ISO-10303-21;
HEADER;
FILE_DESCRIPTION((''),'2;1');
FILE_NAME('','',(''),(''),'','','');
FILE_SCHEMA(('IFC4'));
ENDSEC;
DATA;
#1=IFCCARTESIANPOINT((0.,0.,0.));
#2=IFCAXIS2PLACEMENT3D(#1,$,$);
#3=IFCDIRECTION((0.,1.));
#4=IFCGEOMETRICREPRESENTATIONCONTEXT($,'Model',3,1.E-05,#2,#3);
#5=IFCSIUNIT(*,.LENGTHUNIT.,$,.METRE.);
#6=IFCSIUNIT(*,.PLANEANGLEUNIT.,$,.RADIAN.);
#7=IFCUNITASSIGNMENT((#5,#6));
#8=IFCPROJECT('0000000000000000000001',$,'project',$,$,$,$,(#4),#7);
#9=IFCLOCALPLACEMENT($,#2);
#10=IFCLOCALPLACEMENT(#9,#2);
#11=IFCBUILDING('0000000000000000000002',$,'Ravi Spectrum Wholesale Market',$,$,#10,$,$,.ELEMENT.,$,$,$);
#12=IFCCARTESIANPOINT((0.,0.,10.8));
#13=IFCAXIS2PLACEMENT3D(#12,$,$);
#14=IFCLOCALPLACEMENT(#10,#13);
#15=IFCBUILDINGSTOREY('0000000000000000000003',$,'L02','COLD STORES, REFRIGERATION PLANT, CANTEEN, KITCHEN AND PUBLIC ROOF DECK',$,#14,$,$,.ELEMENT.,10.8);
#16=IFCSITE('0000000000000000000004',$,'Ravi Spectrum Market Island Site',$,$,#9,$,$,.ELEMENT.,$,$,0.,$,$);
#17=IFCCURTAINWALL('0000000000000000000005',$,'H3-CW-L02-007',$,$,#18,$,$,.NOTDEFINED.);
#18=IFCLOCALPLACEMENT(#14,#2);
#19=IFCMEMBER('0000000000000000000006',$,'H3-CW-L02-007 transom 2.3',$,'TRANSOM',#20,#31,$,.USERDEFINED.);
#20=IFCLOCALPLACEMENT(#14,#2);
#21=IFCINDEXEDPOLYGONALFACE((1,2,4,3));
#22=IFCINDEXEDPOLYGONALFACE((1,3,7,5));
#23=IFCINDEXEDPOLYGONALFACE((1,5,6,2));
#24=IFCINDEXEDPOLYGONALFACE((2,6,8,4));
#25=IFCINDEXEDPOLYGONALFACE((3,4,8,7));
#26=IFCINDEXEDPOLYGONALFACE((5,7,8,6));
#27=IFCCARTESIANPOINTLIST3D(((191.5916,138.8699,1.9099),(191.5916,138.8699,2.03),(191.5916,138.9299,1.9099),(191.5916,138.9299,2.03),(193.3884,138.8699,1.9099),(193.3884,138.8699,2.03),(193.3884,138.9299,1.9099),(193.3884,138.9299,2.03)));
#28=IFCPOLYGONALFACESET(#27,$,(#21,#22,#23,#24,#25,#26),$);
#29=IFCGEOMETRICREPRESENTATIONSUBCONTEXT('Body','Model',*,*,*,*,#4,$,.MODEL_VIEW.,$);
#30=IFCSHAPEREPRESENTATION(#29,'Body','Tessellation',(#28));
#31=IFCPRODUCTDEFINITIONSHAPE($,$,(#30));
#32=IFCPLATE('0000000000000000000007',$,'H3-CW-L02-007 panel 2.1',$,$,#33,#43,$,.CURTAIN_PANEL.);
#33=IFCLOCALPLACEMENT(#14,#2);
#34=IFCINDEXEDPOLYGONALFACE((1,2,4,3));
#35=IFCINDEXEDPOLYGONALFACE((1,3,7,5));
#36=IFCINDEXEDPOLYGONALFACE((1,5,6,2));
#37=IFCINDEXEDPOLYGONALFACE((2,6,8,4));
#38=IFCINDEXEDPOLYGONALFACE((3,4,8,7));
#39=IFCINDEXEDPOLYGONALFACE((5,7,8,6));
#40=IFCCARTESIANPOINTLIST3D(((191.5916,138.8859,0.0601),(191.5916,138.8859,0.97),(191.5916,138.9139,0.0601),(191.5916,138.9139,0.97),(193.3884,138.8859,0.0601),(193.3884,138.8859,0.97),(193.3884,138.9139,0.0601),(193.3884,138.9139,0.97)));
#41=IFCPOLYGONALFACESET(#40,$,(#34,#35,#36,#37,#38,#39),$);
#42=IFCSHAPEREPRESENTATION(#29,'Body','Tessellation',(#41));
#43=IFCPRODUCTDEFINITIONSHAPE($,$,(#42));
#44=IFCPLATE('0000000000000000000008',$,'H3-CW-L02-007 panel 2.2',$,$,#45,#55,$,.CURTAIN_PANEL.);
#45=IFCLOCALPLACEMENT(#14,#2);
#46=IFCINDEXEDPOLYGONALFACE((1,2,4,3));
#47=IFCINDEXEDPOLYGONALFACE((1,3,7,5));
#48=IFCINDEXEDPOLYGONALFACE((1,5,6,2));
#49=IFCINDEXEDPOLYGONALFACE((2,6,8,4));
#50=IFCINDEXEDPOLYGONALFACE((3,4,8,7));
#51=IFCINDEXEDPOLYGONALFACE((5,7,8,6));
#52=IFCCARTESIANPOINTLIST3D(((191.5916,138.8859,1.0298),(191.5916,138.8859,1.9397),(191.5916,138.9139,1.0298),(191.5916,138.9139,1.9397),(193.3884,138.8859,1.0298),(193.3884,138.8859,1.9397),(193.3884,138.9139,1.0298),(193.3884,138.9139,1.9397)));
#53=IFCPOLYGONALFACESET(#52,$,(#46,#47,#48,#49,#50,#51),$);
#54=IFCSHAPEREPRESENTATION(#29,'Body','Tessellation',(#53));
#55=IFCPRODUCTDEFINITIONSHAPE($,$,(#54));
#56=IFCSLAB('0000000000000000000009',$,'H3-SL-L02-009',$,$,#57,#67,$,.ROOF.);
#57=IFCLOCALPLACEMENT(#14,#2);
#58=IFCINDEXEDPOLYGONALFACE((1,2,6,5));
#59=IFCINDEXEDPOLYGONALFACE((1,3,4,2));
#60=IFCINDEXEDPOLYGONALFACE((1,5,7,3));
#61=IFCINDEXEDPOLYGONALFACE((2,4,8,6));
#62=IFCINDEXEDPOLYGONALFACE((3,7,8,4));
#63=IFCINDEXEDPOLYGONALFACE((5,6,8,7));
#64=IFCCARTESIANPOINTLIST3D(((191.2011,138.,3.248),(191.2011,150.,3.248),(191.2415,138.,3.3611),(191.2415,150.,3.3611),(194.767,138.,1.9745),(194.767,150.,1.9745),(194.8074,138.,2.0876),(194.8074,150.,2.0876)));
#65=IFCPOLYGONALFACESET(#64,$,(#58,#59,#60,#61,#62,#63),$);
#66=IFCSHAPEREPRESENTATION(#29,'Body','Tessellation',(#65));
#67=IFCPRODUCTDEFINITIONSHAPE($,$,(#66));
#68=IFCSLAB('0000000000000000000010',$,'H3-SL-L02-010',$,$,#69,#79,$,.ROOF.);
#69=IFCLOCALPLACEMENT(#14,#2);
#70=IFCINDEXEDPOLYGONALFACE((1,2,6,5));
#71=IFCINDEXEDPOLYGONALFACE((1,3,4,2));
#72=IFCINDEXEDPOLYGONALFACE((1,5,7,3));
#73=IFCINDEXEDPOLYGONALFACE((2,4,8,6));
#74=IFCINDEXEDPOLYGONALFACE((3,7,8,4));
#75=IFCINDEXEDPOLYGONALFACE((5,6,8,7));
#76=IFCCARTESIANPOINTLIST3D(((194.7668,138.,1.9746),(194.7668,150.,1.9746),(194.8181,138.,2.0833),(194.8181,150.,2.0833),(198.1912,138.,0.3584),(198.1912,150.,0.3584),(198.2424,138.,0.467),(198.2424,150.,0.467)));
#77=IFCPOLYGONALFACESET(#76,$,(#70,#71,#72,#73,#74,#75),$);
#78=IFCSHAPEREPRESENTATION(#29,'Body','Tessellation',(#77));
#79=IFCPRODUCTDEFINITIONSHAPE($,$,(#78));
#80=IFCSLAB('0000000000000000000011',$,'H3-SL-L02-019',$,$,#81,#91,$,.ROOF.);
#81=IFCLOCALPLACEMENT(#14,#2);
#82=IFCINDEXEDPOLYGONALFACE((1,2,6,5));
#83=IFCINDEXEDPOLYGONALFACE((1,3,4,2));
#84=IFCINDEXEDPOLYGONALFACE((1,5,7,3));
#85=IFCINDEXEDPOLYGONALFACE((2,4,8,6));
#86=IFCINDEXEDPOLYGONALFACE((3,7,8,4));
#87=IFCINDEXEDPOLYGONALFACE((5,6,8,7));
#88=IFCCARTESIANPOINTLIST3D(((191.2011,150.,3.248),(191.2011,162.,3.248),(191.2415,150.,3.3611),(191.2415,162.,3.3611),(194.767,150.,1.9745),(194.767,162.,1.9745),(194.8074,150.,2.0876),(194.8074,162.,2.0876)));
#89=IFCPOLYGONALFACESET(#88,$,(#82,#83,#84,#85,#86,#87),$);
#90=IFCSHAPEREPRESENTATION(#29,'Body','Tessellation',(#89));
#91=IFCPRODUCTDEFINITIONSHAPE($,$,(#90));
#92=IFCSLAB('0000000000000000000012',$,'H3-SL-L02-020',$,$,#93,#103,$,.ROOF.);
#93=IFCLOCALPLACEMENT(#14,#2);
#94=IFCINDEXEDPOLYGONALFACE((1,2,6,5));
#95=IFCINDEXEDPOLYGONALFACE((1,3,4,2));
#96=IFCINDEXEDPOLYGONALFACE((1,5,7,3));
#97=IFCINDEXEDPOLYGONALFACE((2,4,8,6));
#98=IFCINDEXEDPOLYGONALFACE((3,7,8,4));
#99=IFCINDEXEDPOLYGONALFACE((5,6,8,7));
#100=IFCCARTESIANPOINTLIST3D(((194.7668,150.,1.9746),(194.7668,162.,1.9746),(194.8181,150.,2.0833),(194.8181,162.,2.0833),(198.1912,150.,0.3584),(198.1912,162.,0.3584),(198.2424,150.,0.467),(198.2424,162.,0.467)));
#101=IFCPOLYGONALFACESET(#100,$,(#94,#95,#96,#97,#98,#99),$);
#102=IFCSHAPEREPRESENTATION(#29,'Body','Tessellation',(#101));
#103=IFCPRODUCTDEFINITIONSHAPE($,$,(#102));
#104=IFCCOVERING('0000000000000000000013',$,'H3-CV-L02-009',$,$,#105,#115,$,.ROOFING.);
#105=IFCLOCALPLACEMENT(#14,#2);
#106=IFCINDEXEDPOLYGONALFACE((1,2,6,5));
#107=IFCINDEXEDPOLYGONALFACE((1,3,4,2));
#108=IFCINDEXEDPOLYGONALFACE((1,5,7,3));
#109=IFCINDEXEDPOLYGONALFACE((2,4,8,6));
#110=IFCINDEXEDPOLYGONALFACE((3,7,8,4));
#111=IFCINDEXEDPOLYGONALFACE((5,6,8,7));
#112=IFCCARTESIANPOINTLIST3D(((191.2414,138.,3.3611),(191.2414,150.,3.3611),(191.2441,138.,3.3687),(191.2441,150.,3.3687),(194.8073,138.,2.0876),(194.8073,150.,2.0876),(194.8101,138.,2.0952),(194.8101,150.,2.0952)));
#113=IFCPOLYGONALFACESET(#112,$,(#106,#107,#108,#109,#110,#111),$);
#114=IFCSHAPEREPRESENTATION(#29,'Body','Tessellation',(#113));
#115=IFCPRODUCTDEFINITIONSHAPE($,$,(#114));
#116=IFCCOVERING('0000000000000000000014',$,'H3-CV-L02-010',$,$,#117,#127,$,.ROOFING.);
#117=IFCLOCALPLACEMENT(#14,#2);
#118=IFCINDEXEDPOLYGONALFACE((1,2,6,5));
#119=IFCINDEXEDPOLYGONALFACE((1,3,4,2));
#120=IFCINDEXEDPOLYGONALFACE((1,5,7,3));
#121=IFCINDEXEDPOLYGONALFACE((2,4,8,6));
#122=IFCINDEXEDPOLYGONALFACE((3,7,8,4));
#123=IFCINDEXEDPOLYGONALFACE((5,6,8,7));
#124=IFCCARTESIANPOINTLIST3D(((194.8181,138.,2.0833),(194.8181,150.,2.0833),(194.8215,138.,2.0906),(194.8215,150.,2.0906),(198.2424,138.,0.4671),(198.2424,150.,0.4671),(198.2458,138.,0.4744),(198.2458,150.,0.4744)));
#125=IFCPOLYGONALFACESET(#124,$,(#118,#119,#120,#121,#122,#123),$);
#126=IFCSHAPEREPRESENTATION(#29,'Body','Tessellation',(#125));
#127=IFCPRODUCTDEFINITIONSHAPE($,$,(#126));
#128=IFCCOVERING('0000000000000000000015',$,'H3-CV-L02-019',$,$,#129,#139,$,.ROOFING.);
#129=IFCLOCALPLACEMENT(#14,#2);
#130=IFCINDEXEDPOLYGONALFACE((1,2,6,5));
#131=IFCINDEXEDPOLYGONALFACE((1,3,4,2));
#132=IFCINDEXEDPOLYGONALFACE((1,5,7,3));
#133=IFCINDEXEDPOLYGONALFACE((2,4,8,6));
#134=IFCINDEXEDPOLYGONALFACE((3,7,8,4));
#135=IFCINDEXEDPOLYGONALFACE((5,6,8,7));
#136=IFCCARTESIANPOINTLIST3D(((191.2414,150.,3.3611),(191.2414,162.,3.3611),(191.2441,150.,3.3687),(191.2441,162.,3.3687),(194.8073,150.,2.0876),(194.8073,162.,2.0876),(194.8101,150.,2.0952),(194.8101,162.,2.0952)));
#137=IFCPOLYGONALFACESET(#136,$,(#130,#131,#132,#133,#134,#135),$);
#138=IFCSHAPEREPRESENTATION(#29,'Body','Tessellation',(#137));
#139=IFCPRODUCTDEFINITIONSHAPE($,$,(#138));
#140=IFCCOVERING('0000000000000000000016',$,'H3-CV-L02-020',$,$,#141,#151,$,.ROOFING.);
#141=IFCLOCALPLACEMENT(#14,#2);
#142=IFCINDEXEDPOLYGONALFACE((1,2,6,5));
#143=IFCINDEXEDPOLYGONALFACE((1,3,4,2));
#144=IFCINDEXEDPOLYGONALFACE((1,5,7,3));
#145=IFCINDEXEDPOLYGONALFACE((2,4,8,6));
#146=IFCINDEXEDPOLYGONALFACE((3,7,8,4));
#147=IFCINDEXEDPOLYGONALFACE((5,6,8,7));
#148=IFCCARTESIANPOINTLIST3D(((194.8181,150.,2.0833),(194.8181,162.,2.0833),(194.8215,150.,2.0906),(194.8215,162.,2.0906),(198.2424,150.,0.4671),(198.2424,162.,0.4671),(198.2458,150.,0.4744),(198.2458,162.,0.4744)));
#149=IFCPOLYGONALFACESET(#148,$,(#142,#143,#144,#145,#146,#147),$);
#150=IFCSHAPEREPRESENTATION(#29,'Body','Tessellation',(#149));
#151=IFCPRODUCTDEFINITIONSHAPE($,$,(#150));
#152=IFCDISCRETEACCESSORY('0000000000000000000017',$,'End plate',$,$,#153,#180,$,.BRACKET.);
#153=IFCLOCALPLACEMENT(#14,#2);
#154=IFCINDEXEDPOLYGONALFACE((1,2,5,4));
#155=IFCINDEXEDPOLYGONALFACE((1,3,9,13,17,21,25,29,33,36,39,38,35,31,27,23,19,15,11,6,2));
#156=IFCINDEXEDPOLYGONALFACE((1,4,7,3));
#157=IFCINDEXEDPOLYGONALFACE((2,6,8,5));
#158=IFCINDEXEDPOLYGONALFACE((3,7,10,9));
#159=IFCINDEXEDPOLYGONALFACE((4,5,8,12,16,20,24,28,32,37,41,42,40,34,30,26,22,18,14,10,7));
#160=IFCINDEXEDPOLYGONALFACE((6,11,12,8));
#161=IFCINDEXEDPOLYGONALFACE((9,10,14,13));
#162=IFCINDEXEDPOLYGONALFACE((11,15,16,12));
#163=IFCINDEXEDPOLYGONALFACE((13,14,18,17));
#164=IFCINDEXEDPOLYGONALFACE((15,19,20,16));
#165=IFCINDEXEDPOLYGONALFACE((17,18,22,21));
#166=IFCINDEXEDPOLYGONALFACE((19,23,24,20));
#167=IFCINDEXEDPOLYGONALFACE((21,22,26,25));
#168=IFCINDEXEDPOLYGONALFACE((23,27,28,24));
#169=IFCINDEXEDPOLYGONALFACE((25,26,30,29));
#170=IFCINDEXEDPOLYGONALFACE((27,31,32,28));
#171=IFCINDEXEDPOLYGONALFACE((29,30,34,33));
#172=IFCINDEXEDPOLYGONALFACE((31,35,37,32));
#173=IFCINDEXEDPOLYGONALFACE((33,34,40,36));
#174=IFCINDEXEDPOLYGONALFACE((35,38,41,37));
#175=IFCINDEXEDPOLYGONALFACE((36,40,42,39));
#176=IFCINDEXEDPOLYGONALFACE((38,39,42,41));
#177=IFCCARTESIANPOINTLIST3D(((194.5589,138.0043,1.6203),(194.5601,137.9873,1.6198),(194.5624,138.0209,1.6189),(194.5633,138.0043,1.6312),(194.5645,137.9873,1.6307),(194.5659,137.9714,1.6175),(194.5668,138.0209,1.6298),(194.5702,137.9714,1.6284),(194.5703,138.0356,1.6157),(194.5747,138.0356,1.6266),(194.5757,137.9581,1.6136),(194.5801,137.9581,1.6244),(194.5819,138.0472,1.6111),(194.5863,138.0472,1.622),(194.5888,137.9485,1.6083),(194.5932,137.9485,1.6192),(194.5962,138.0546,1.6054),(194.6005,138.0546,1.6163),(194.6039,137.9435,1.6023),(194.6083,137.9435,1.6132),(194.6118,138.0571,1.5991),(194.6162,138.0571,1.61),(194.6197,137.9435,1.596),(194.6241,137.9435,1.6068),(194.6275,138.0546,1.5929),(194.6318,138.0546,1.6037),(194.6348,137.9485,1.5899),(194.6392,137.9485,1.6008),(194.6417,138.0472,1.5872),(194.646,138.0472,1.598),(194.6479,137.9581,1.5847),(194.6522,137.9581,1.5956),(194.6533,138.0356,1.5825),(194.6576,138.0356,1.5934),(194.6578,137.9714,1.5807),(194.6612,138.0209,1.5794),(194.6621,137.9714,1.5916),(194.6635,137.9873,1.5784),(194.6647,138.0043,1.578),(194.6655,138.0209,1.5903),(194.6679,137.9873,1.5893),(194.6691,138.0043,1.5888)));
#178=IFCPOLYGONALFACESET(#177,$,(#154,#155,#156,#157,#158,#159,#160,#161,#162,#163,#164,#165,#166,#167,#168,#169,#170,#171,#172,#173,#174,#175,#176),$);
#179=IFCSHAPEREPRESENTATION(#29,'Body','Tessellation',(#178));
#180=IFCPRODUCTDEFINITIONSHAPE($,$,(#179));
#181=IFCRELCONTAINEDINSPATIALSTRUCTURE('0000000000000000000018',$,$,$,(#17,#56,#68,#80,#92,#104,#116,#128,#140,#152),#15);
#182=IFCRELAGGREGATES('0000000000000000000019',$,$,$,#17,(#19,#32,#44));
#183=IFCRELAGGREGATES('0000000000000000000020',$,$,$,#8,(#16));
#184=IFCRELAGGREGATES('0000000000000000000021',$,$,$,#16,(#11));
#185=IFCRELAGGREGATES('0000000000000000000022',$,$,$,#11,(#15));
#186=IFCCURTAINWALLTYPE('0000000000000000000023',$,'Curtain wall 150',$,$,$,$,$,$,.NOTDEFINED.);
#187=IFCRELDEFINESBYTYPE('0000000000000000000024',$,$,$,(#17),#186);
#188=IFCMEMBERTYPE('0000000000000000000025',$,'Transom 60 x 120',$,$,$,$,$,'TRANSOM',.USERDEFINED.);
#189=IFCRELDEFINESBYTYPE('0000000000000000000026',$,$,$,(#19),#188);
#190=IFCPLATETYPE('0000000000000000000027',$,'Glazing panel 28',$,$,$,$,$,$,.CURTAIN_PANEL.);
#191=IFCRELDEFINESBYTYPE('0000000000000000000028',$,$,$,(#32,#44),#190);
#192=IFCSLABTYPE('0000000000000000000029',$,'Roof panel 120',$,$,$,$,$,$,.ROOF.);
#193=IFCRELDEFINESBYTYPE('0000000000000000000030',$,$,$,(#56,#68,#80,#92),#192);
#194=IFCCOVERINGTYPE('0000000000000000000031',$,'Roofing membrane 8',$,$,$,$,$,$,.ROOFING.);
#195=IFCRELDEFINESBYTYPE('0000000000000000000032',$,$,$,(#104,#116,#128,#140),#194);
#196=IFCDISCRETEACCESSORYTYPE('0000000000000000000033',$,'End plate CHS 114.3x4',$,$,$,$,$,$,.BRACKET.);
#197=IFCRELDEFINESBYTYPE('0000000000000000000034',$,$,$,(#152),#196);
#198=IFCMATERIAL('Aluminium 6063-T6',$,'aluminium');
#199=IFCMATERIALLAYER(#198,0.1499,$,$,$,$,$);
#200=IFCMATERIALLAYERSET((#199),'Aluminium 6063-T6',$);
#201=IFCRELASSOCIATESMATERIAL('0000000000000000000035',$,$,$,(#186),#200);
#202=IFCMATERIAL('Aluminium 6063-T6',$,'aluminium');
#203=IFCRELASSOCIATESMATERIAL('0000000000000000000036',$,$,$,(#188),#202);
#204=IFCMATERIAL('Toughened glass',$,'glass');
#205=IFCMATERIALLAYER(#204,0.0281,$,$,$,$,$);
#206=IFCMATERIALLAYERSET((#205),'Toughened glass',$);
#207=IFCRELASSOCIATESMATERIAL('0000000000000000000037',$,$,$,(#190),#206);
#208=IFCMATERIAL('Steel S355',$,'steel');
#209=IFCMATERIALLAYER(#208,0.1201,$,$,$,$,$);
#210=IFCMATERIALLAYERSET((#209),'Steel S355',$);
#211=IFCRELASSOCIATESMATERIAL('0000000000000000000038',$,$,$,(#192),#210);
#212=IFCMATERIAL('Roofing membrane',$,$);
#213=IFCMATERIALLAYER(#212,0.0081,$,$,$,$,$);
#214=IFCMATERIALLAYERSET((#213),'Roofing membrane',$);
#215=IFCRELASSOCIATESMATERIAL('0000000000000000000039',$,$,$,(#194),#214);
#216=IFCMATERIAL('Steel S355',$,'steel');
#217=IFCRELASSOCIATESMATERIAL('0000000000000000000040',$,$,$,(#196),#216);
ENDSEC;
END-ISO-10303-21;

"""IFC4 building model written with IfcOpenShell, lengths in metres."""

from ifc_helpers import new_model, si_unit, direction, frame, origin, origin_2d, place, context, subcontext, project, spatial, polyline, rectangle, circle, outline, extrude, material, layer, layer_set, material_profile, profile_set, type_object, element, aggregate, save


model = new_model("IFC4")

# Units and contexts
model_context = context("Model", 3, precision=1e-05, world=origin(), true_north=direction((0.0, 1.0)))
body_context = subcontext(model_context, "Body", "Model", "MODEL_VIEW")
ifc_project = project(units=[si_unit("LENGTHUNIT", "METRE"), si_unit("PLANEANGLEUNIT", "RADIAN")], contexts=[model_context])

# Site, building, storey
site_placement = place(None, origin())
site = spatial("IfcSite", under=ifc_project, at=site_placement, Name="Ravi Spectrum Market Island Site", CompositionType="ELEMENT", RefElevation=0.0)
building_placement = place(site_placement, origin())
building = spatial("IfcBuilding", under=site, at=building_placement, Name="Ravi Spectrum Wholesale Market", CompositionType="ELEMENT")
storey_placement = place(building_placement, frame((0.0, 0.0, 10.8)))
storey = spatial("IfcBuildingStorey", under=building, at=storey_placement, Name="L02", Description="COLD STORES, REFRIGERATION PLANT, CANTEEN, KITCHEN AND PUBLIC ROOF DECK", CompositionType="ELEMENT", Elevation=10.8)

# Curtain wall, member, plates
ifc_material_1 = material(Name="Aluminium 6063-T6", Category="aluminium")
ifc_layer_1 = layer(ifc_material_1, 0.1499)
ifc_layer_set_1 = layer_set([ifc_layer_1], Name="Aluminium 6063-T6")
curtain_wall_type = type_object("IfcCurtainWallType", Name="Curtain wall 150", PredefinedType="NOTDEFINED", material=ifc_layer_set_1)
curtain_wall_placement = place(storey_placement, origin())
curtain_wall = element("IfcCurtainWall", 1, at=curtain_wall_placement, inside=storey, type_object=curtain_wall_type, Name="H3-CW-L02-007", PredefinedType="NOTDEFINED")
ifc_material_2 = material(Name="Aluminium 6063-T6", Category="aluminium")
ifc_material_profile_1 = material_profile(ifc_material_2, rectangle(XDim=0.0601, YDim=0.1201, at=origin_2d()))
ifc_profile_set_1 = profile_set([ifc_material_profile_1], Name="Aluminium 6063-T6")
member_type_1 = type_object("IfcMemberType", Name="Transom 60 x 120", ElementType="TRANSOM", PredefinedType="USERDEFINED", material=ifc_profile_set_1)
member_1_placement = place(storey_placement, frame((191.5916, 138.8999, 1.97), z_axis=(1.0, 0.0, 0.0), x_axis=(0.0, 1.0, 0.0)))
member_1 = element("IfcMember", 2, at=member_1_placement, type_object=member_type_1, Name="H3-CW-L02-007 transom 2.3", ObjectType="TRANSOM", PredefinedType="USERDEFINED", context=body_context, shape_type="SweptSolid", body=[
    extrude(rectangle(XDim=0.0601, YDim=0.1201, at=origin_2d()), origin(), (0.0, 0.0, 1.0), 1.7969),
])
ifc_material_3 = material(Name="Toughened glass", Category="glass")
ifc_layer_2 = layer(ifc_material_3, 0.0281)
ifc_layer_set_2 = layer_set([ifc_layer_2], Name="Toughened glass")
plate_type = type_object("IfcPlateType", Name="Glazing panel 28", PredefinedType="CURTAIN_PANEL", material=ifc_layer_set_2)
plate_1_placement = place(storey_placement, frame((192.49, 138.8999, 0.0601), z_axis=(0.0, 0.0, 1.0), x_axis=(1.0, 0.0, 0.0)))
plate_1 = element("IfcPlate", 3, at=plate_1_placement, type_object=plate_type, Name="H3-CW-L02-007 panel 2.1", PredefinedType="CURTAIN_PANEL", context=body_context, shape_type="SweptSolid", body=[
    extrude(rectangle(XDim=1.7969, YDim=0.0281, at=origin_2d()), origin(), (0.0, 0.0, 1.0), 0.9099),
])
plate_2_placement = place(storey_placement, frame((192.49, 138.8999, 1.0298), z_axis=(0.0, 0.0, 1.0), x_axis=(1.0, 0.0, 0.0)))
plate_2 = element("IfcPlate", 4, at=plate_2_placement, type_object=plate_type, Name="H3-CW-L02-007 panel 2.2", PredefinedType="CURTAIN_PANEL", context=body_context, shape_type="SweptSolid", body=[
    extrude(rectangle(XDim=1.7969, YDim=0.0281, at=origin_2d()), origin(), (0.0, 0.0, 1.0), 0.9099),
])
aggregate(curtain_wall, [member_1, plate_1, plate_2])

# Slabs
ifc_material_4 = material(Name="Steel S355", Category="steel")
ifc_layer_3 = layer(ifc_material_4, 0.1201)
ifc_layer_set_3 = layer_set([ifc_layer_3], Name="Steel S355")
slab_type = type_object("IfcSlabType", Name="Roof panel 120", PredefinedType="ROOF", material=ifc_layer_set_3)
slab_1_placement = place(storey_placement, frame((191.2415, 138.0, 3.3611), z_axis=(0.336312, 0.0, 0.941751), x_axis=(0.941751, 0.0, -0.336312)))
element("IfcSlab", 5, at=slab_1_placement, inside=storey, type_object=slab_type, Name="H3-SL-L02-009", PredefinedType="ROOF", context=body_context, shape_type="SweptSolid", body=[
    extrude(outline(polyline([(0.0, 0.0), (3.7865, 0.0), (3.7865, 12.0), (0.0, 12.0), (0.0, 0.0)])), origin(), (0.0, 0.0, -1.0), 0.1201),
])
slab_2_placement = place(storey_placement, frame((194.8181, 138.0, 2.0833), z_axis=(0.426828, 0.0, 0.904333), x_axis=(0.904333, 0.0, -0.426828)))
element("IfcSlab", 6, at=slab_2_placement, inside=storey, type_object=slab_type, Name="H3-SL-L02-010", PredefinedType="ROOF", context=body_context, shape_type="SweptSolid", body=[
    extrude(outline(polyline([(0.0, 0.0), (3.7866, 0.0), (3.7866, 12.0), (0.0, 12.0), (0.0, 0.0)])), origin(), (0.0, 0.0, -1.0), 0.1201),
])
slab_3_placement = place(storey_placement, frame((191.2415, 150.0, 3.3611), z_axis=(0.336312, 0.0, 0.941751), x_axis=(0.941751, 0.0, -0.336312)))
element("IfcSlab", 7, at=slab_3_placement, inside=storey, type_object=slab_type, Name="H3-SL-L02-019", PredefinedType="ROOF", context=body_context, shape_type="SweptSolid", body=[
    extrude(outline(polyline([(0.0, 0.0), (3.7865, 0.0), (3.7865, 12.0), (0.0, 12.0), (0.0, 0.0)])), origin(), (0.0, 0.0, -1.0), 0.1201),
])
slab_4_placement = place(storey_placement, frame((194.8181, 150.0, 2.0833), z_axis=(0.426828, 0.0, 0.904333), x_axis=(0.904333, 0.0, -0.426828)))
element("IfcSlab", 8, at=slab_4_placement, inside=storey, type_object=slab_type, Name="H3-SL-L02-020", PredefinedType="ROOF", context=body_context, shape_type="SweptSolid", body=[
    extrude(outline(polyline([(0.0, 0.0), (3.7866, 0.0), (3.7866, 12.0), (0.0, 12.0), (0.0, 0.0)])), origin(), (0.0, 0.0, -1.0), 0.1201),
])

# Coverings
ifc_material_5 = material(Name="Roofing membrane")
ifc_layer_4 = layer(ifc_material_5, 0.0081)
ifc_layer_set_4 = layer_set([ifc_layer_4], Name="Roofing membrane")
covering_type = type_object("IfcCoveringType", Name="Roofing membrane 8", PredefinedType="ROOFING", material=ifc_layer_set_4)
covering_1_placement = place(storey_placement, frame((191.2441, 138.0, 3.3687), z_axis=(0.336312, 0.0, 0.941751), x_axis=(0.941751, 0.0, -0.336312)))
element("IfcCovering", 9, at=covering_1_placement, inside=storey, type_object=covering_type, Name="H3-CV-L02-009", PredefinedType="ROOFING", context=body_context, shape_type="SweptSolid", body=[
    extrude(outline(polyline([(0.0, 0.0), (3.7865, 0.0), (3.7865, 12.0), (0.0, 12.0), (0.0, 0.0)])), origin(), (0.0, 0.0, -1.0), 0.0081),
])
covering_2_placement = place(storey_placement, frame((194.8215, 138.0, 2.0906), z_axis=(0.426828, 0.0, 0.904333), x_axis=(0.904333, 0.0, -0.426828)))
element("IfcCovering", 10, at=covering_2_placement, inside=storey, type_object=covering_type, Name="H3-CV-L02-010", PredefinedType="ROOFING", context=body_context, shape_type="SweptSolid", body=[
    extrude(outline(polyline([(0.0, 0.0), (3.7866, 0.0), (3.7866, 12.0), (0.0, 12.0), (0.0, 0.0)])), origin(), (0.0, 0.0, -1.0), 0.0081),
])
covering_3_placement = place(storey_placement, frame((191.2441, 150.0, 3.3687), z_axis=(0.336312, 0.0, 0.941751), x_axis=(0.941751, 0.0, -0.336312)))
element("IfcCovering", 11, at=covering_3_placement, inside=storey, type_object=covering_type, Name="H3-CV-L02-019", PredefinedType="ROOFING", context=body_context, shape_type="SweptSolid", body=[
    extrude(outline(polyline([(0.0, 0.0), (3.7865, 0.0), (3.7865, 12.0), (0.0, 12.0), (0.0, 0.0)])), origin(), (0.0, 0.0, -1.0), 0.0081),
])
covering_4_placement = place(storey_placement, frame((194.8215, 150.0, 2.0906), z_axis=(0.426828, 0.0, 0.904333), x_axis=(0.904333, 0.0, -0.426828)))
element("IfcCovering", 12, at=covering_4_placement, inside=storey, type_object=covering_type, Name="H3-CV-L02-020", PredefinedType="ROOFING", context=body_context, shape_type="SweptSolid", body=[
    extrude(outline(polyline([(0.0, 0.0), (3.7866, 0.0), (3.7866, 12.0), (0.0, 12.0), (0.0, 0.0)])), origin(), (0.0, 0.0, -1.0), 0.0081),
])

# Discrete accessory
ifc_material_6 = material(Name="Steel S355", Category="steel")
ifc_material_profile_2 = material_profile(ifc_material_6, circle(Radius=0.0571, at=origin_2d()))
ifc_profile_set_2 = profile_set([ifc_material_profile_2], Name="Steel S355")
discrete_accessory_type_1 = type_object("IfcDiscreteAccessoryType", Name="End plate CHS 114.3x4", PredefinedType="BRACKET", material=ifc_profile_set_2)
discrete_accessory_1_placement = place(storey_placement, frame((194.6118, 138.0, 1.5991), z_axis=(0.371391, 0.0, 0.928477), x_axis=(0.0, 1.0, 0.0)))
element("IfcDiscreteAccessory", 13, at=discrete_accessory_1_placement, inside=storey, type_object=discrete_accessory_type_1, Name="End plate", PredefinedType="BRACKET", context=body_context, shape_type="SweptSolid", body=[
    extrude(circle(Radius=0.0571, at=origin_2d()), origin(), (0.0, 0.0, 1.0), 0.0117),
])

save(model, "model.ifc")
